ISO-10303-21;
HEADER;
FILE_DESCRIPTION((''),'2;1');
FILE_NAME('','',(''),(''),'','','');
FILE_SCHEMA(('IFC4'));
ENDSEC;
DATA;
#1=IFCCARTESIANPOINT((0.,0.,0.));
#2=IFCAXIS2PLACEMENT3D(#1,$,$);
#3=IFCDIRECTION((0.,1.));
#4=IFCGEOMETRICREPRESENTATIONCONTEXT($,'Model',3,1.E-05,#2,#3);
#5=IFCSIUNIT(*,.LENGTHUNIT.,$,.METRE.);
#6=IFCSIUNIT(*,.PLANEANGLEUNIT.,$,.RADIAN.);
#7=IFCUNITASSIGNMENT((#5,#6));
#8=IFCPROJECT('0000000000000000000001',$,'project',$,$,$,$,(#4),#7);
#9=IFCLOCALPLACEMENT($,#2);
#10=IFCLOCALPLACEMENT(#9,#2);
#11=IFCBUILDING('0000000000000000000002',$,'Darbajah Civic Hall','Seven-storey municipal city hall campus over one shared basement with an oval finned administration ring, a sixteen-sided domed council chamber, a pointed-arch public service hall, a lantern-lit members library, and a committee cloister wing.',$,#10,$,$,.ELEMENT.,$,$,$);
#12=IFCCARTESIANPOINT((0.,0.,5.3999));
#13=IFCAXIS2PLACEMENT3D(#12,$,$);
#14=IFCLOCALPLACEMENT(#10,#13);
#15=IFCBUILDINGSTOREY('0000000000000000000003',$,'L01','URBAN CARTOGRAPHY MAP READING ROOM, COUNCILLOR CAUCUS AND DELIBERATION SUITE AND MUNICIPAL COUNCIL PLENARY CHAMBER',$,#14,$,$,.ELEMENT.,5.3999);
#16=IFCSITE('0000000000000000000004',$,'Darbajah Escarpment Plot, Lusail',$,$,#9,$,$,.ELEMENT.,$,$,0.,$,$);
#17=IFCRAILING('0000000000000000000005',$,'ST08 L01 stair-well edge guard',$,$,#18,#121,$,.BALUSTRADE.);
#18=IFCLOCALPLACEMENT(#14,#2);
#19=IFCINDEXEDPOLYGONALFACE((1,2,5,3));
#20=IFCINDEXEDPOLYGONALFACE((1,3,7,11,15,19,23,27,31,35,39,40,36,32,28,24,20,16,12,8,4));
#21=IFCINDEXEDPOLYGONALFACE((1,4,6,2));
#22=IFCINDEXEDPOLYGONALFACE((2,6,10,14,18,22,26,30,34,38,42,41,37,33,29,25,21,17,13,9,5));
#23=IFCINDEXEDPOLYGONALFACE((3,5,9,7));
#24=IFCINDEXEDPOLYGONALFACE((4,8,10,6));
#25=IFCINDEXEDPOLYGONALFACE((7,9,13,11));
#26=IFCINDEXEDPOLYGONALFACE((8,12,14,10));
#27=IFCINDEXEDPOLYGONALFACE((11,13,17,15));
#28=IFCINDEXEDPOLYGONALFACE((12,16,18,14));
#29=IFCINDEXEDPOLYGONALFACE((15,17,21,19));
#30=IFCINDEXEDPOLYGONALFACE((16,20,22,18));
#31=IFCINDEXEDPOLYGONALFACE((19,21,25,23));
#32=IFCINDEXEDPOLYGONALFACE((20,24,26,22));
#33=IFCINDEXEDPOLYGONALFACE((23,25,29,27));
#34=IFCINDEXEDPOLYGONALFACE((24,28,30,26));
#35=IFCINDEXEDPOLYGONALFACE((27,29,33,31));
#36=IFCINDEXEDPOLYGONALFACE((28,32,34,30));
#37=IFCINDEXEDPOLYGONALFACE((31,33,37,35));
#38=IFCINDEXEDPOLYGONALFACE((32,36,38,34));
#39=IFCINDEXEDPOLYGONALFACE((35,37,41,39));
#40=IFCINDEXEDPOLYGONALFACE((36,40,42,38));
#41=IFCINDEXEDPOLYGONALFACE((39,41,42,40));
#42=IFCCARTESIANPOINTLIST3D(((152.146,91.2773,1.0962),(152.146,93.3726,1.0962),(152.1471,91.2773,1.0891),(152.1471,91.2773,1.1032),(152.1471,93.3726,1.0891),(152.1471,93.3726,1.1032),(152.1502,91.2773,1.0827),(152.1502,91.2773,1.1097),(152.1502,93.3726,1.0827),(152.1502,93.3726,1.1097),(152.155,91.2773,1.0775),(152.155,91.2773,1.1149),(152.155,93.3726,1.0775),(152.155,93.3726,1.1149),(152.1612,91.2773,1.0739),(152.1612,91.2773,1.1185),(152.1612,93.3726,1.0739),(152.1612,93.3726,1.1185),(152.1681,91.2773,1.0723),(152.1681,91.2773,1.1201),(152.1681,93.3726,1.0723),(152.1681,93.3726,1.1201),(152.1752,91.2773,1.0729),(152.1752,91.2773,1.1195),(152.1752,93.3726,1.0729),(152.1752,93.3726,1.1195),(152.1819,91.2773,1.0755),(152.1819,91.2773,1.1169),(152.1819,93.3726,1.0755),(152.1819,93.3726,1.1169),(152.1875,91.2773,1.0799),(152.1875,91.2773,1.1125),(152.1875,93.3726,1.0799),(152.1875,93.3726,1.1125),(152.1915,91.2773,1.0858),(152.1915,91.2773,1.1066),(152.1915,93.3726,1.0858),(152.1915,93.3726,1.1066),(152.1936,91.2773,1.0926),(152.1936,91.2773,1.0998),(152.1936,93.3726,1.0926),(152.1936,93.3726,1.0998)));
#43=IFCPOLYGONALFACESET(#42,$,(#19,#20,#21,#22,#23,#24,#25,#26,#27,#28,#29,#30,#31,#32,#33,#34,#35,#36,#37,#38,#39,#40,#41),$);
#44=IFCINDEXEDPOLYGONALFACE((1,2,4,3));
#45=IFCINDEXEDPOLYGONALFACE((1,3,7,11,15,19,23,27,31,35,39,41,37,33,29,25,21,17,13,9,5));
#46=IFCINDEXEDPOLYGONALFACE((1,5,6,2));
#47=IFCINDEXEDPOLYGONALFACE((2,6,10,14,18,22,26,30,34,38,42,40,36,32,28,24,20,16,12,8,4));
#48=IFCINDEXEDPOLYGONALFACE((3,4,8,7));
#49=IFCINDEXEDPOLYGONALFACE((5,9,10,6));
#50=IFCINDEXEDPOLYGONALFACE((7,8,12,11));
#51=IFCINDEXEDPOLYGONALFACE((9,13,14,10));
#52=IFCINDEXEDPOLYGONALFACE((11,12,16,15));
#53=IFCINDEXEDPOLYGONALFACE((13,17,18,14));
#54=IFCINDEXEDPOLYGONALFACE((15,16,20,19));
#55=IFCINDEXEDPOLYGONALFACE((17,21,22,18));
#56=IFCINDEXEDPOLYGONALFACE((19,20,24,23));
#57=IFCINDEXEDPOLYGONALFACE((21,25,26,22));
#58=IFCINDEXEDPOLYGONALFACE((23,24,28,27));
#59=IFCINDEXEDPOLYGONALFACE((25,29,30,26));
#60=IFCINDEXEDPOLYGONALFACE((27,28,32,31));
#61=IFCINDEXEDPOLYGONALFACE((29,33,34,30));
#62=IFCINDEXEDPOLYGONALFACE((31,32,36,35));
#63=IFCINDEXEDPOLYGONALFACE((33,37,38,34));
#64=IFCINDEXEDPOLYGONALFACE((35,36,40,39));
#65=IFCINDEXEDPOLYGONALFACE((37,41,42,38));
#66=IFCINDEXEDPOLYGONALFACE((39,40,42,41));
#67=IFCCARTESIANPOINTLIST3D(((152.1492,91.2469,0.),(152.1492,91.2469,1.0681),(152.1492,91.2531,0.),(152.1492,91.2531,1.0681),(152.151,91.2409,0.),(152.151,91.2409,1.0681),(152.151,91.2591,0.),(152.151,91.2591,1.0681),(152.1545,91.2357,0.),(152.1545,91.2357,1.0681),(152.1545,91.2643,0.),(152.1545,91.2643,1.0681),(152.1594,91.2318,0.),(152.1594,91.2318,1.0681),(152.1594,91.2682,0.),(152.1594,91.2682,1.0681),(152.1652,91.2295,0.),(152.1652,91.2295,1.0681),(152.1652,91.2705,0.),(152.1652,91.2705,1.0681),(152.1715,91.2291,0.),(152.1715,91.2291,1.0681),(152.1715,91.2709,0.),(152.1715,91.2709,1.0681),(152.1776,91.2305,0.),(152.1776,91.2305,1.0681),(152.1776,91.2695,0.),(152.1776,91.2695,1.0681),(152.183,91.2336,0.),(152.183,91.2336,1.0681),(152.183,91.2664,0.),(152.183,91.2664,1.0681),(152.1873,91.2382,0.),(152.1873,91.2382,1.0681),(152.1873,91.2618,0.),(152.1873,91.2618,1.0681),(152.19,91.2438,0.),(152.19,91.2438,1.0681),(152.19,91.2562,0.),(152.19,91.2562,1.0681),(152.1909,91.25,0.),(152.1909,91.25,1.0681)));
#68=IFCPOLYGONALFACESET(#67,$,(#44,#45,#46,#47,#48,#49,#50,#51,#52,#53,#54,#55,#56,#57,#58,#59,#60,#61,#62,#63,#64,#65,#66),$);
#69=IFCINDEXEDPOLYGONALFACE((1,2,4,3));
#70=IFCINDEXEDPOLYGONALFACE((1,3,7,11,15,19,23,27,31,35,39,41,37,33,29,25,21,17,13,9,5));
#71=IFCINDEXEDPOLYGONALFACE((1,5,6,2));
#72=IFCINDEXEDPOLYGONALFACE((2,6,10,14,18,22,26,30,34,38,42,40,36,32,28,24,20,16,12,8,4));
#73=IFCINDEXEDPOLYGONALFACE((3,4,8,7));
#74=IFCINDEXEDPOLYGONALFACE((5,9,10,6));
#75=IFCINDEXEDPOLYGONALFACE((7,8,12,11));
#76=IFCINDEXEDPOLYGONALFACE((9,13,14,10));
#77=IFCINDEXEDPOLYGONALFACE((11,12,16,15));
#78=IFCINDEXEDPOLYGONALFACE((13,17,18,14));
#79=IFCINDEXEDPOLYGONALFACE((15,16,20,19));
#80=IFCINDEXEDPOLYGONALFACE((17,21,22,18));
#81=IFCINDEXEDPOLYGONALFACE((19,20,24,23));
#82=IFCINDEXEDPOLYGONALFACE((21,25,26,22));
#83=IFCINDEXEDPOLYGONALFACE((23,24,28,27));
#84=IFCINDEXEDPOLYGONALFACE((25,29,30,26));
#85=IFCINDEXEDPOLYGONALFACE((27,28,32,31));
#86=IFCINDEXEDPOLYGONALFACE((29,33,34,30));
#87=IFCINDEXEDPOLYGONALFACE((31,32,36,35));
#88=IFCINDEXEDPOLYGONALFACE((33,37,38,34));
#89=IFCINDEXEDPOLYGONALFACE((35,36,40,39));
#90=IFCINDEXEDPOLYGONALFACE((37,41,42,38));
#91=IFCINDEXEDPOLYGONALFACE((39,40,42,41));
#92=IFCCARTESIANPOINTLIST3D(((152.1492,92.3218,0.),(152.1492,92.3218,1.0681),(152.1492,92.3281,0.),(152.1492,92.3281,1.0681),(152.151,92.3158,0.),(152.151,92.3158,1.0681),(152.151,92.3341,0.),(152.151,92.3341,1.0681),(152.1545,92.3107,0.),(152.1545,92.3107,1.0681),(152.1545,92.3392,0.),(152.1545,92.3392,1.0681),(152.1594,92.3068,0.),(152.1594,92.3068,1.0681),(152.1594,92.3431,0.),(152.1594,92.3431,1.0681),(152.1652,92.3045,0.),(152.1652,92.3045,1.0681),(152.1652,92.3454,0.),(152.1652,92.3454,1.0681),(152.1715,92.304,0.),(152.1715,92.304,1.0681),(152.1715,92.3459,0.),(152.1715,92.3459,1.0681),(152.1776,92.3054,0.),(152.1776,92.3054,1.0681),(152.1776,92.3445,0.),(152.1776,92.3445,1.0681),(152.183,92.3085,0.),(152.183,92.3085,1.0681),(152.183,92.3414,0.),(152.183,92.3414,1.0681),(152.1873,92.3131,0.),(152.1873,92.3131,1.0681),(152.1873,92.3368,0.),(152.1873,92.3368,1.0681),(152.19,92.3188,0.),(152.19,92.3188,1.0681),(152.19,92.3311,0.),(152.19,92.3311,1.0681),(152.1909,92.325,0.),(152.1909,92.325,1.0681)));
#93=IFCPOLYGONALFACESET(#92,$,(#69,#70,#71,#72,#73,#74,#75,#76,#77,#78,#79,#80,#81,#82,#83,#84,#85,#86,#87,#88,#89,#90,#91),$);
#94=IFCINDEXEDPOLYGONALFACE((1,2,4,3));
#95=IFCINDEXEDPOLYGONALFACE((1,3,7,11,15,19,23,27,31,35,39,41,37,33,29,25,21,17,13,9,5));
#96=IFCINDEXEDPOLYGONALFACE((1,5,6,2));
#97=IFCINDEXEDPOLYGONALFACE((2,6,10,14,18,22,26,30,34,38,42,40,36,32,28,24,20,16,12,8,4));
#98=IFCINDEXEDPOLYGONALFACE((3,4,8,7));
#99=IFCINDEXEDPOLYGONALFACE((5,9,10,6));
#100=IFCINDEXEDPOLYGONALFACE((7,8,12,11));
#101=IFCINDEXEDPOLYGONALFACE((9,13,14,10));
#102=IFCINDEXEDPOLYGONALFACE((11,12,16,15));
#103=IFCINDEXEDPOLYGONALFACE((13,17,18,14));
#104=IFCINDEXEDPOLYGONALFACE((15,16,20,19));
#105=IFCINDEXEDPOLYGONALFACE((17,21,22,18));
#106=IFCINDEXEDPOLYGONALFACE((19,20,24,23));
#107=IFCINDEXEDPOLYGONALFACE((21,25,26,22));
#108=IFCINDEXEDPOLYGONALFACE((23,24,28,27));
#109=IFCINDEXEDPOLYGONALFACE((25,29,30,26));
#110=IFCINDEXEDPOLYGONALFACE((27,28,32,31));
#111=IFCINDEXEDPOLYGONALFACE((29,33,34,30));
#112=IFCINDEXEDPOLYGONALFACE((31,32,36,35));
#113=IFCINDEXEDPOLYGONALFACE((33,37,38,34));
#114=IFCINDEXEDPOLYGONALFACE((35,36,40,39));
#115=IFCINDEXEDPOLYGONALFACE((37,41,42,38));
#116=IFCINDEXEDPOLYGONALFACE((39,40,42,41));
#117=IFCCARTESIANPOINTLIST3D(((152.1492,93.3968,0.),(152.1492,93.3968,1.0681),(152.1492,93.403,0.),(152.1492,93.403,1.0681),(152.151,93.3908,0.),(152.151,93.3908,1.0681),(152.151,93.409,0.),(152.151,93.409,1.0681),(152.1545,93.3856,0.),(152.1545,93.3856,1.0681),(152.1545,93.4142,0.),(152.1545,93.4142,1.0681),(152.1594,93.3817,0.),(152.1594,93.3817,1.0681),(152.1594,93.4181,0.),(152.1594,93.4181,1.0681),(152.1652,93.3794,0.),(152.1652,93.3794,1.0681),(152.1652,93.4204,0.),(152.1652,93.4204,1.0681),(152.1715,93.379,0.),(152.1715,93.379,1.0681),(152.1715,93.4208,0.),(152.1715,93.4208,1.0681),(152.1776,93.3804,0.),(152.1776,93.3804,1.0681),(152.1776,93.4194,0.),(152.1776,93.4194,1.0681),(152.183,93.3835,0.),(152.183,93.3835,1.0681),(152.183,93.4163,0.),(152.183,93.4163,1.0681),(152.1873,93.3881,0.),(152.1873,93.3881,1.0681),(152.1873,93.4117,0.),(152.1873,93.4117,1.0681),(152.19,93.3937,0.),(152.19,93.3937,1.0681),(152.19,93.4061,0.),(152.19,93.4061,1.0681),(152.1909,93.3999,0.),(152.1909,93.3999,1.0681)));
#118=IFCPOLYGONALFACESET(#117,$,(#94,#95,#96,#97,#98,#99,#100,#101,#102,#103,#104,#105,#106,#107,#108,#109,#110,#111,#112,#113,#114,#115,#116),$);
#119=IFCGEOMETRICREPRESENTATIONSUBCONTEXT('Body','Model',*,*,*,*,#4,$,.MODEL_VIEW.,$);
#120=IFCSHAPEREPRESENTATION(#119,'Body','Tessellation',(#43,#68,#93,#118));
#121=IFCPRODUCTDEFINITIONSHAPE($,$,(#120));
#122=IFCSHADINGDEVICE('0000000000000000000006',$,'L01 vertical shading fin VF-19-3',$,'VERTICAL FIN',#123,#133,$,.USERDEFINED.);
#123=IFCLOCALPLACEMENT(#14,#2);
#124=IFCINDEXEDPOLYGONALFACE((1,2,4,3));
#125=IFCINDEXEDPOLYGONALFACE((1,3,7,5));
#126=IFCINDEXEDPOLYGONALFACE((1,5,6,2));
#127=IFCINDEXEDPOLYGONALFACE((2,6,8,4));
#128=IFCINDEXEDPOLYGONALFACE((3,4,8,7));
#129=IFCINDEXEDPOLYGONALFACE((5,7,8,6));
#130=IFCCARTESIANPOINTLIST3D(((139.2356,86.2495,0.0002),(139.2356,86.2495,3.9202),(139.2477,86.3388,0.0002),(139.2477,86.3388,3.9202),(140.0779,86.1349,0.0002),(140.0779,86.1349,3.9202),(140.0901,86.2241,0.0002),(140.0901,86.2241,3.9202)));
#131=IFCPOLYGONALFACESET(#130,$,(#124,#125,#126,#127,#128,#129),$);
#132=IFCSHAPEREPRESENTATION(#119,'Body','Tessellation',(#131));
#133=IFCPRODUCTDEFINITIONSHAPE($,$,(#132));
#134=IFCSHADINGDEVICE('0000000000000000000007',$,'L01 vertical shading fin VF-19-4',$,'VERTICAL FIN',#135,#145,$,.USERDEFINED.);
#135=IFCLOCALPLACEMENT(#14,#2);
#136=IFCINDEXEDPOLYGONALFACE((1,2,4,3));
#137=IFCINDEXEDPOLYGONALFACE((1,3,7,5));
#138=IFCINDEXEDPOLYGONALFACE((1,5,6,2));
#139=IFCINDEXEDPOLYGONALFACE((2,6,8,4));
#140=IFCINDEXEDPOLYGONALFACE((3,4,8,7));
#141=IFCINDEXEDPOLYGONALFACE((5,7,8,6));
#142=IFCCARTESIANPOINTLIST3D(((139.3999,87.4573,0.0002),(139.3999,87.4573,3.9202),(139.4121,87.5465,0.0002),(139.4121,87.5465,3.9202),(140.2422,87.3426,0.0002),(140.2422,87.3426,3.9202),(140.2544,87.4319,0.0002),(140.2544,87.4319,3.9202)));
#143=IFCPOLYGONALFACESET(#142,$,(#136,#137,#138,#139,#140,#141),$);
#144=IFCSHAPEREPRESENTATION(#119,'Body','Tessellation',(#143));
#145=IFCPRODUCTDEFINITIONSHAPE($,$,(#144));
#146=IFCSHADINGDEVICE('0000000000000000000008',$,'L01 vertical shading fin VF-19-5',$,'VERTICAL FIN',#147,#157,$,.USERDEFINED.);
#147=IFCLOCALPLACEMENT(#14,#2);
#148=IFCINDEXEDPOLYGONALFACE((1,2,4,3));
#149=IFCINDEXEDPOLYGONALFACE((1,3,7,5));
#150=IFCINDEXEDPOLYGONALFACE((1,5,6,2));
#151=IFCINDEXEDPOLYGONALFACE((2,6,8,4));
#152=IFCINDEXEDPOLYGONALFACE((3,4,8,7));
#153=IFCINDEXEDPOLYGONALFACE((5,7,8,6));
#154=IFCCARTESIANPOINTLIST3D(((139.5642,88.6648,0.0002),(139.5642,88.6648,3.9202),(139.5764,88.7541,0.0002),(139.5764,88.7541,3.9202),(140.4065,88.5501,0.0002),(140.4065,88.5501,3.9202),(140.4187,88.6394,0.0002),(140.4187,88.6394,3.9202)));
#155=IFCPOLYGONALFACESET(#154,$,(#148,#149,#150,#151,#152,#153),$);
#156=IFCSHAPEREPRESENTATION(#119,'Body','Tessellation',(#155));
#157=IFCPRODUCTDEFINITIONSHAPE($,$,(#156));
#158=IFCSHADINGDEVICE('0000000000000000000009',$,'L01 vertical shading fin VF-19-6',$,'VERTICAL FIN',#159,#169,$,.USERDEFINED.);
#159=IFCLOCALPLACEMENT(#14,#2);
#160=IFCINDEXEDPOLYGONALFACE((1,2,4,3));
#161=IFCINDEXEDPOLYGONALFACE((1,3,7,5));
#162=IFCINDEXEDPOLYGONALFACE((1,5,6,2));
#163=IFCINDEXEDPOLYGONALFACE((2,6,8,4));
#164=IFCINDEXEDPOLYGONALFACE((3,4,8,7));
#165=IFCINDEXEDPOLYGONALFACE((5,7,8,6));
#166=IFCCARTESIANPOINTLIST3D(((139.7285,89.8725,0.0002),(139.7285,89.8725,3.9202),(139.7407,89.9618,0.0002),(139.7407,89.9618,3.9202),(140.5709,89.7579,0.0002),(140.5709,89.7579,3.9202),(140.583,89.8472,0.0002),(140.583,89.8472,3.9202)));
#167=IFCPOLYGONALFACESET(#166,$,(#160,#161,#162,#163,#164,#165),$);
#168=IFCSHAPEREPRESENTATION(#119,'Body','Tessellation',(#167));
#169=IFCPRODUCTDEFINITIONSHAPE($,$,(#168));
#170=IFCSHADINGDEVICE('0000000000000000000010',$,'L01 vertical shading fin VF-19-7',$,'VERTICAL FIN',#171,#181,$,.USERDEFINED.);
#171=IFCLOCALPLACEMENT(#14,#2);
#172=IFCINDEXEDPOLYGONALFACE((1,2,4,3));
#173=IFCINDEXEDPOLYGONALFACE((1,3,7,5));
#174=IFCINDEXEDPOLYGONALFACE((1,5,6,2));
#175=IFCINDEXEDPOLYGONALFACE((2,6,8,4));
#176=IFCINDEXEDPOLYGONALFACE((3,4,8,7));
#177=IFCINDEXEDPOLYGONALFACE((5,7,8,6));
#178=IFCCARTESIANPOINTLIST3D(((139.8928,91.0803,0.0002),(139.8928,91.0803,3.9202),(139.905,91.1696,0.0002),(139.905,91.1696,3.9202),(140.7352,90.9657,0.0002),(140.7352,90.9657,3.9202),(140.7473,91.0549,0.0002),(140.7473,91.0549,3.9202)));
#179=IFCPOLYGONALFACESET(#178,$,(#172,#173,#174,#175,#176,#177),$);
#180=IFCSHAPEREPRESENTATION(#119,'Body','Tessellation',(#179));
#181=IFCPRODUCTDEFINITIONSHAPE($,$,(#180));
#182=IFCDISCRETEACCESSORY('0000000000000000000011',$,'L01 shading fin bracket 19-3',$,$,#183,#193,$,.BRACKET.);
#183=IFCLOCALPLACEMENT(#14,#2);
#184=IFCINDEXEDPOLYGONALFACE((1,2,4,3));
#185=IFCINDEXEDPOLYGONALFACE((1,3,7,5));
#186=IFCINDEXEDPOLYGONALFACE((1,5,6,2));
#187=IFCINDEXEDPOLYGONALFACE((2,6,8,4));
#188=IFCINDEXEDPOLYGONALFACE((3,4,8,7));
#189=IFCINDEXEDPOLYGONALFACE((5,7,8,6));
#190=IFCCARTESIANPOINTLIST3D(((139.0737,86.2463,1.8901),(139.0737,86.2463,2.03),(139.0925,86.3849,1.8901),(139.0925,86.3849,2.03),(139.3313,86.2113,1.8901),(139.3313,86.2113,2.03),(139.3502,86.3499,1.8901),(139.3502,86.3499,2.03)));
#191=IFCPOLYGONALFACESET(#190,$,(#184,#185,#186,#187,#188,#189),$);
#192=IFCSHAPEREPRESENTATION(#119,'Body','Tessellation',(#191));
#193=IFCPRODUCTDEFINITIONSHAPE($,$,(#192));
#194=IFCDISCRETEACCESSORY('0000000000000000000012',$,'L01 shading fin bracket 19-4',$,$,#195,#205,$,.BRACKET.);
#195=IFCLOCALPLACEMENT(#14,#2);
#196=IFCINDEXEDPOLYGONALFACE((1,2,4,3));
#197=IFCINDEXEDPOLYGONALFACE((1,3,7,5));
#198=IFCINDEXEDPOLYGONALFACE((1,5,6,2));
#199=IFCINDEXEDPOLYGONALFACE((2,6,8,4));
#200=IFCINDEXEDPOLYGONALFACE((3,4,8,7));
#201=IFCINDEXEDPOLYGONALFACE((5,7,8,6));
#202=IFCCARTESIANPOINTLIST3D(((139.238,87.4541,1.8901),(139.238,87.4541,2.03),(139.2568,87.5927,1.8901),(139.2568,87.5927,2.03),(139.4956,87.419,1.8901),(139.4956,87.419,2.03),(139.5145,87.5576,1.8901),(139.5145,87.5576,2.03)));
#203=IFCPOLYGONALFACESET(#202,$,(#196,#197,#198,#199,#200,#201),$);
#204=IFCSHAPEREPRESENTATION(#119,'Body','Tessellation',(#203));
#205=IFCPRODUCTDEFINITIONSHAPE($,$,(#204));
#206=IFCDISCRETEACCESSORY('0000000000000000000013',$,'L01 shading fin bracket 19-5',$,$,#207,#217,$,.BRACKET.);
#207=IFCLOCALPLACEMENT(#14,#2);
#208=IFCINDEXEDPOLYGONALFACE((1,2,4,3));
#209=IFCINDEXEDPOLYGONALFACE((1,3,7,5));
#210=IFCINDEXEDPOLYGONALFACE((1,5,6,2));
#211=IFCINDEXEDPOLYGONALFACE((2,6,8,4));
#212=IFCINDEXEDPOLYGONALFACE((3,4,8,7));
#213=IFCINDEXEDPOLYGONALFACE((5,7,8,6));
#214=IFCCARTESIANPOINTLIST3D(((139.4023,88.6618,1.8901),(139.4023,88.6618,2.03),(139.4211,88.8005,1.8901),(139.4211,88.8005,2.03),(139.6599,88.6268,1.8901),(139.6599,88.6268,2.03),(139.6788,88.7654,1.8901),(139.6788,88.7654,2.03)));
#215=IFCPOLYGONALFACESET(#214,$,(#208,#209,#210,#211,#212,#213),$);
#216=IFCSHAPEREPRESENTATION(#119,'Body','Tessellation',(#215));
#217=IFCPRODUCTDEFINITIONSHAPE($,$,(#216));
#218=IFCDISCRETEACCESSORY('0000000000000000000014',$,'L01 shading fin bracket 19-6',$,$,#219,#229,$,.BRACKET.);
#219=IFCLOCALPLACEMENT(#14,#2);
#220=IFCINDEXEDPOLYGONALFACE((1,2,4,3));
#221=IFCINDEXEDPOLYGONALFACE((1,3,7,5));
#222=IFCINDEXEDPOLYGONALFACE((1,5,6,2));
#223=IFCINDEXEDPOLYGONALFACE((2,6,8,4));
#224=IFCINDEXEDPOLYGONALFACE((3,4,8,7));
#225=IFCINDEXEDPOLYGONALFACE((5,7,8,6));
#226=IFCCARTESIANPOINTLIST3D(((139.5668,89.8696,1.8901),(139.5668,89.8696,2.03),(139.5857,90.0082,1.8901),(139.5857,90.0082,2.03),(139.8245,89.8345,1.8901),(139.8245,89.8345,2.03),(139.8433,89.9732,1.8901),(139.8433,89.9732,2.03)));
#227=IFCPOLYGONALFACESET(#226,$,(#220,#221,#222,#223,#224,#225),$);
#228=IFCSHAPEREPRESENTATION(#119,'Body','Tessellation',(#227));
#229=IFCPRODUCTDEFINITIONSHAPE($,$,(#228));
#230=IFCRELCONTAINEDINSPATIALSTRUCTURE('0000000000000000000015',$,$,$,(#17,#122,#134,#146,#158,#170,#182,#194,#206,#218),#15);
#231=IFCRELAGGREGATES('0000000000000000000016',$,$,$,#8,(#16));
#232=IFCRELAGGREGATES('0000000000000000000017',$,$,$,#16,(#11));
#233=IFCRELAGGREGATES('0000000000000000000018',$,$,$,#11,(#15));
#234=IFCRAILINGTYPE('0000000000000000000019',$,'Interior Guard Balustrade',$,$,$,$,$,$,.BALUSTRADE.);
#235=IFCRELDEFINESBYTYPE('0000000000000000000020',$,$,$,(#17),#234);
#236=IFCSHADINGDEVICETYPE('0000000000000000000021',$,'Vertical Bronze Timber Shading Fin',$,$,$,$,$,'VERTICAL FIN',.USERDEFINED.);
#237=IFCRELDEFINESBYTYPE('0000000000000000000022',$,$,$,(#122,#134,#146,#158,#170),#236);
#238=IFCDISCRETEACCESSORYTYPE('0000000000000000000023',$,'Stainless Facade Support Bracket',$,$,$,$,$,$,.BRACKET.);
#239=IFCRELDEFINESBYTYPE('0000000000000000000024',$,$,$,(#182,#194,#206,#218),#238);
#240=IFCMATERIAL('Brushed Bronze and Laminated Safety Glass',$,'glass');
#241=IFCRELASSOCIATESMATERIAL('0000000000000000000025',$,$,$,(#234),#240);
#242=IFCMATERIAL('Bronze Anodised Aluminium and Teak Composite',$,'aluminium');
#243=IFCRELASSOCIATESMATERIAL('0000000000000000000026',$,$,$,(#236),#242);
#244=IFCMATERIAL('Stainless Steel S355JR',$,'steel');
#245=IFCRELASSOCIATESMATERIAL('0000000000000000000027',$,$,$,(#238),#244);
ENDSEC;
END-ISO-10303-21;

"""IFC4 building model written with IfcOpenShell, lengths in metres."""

from ifc_helpers import new_model, si_unit, direction, frame, origin, origin_2d, place, context, subcontext, project, spatial, rectangle, circle, extrude, material, type_object, element, save


model = new_model("IFC4")

# Units and contexts
model_context = context("Model", 3, precision=1e-05, world=origin(), true_north=direction((0.0, 1.0)))
body_context = subcontext(model_context, "Body", "Model", "MODEL_VIEW")
ifc_project = project(units=[si_unit("LENGTHUNIT", "METRE"), si_unit("PLANEANGLEUNIT", "RADIAN")], contexts=[model_context])

# Site, building, storey
site_placement = place(None, origin())
site = spatial("IfcSite", under=ifc_project, at=site_placement, Name="Darbajah Escarpment Plot, Lusail", CompositionType="ELEMENT", RefElevation=0.0)
building_placement = place(site_placement, origin())
building = spatial("IfcBuilding", under=site, at=building_placement, Name="Darbajah Civic Hall", Description="Seven-storey municipal city hall campus over one shared basement with an oval finned administration ring, a sixteen-sided domed council chamber, a pointed-arch public service hall, a lantern-lit members library, and a committee cloister wing.", CompositionType="ELEMENT")
storey_placement = place(building_placement, frame((0.0, 0.0, 5.3999)))
storey = spatial("IfcBuildingStorey", under=building, at=storey_placement, Name="L01", Description="URBAN CARTOGRAPHY MAP READING ROOM, COUNCILLOR CAUCUS AND DELIBERATION SUITE AND MUNICIPAL COUNCIL PLENARY CHAMBER", CompositionType="ELEMENT", Elevation=5.3999)

# Railing
ifc_material_1 = material(Name="Brushed Bronze and Laminated Safety Glass", Category="glass")
railing_type = type_object("IfcRailingType", Name="Interior Guard Balustrade", PredefinedType="BALUSTRADE", material=ifc_material_1)
railing_placement = place(storey_placement, frame((152.1699, 91.25, 0.0)))
element("IfcRailing", 1, at=railing_placement, inside=storey, type_object=railing_type, Name="ST08 L01 stair-well edge guard", PredefinedType="BALUSTRADE", context=body_context, shape_type="SweptSolid", body=[
    extrude(circle(Radius=0.0239, at=origin_2d()), frame((0.0, 0.0273, 1.0962), z_axis=(0.0, 1.0, 0.0), x_axis=(-1.0, 0.0, 0.0)), (0.0, 0.0, 1.0), 2.0952),
    extrude(circle(Radius=0.021, at=origin_2d()), origin(), (0.0, 0.0, 1.0), 1.0681),
    extrude(circle(Radius=0.021, at=origin_2d()), frame((0.0, 1.075, 0.0)), (0.0, 0.0, 1.0), 1.0681),
    extrude(circle(Radius=0.021, at=origin_2d()), frame((0.0, 2.1499, 0.0)), (0.0, 0.0, 1.0), 1.0681),
])

# Shading devices
ifc_material_2 = material(Name="Bronze Anodised Aluminium and Teak Composite", Category="aluminium")
shading_device_type = type_object("IfcShadingDeviceType", Name="Vertical Bronze Timber Shading Fin", ElementType="VERTICAL FIN", PredefinedType="USERDEFINED", material=ifc_material_2)
for number, where, z_axis, x_axis, name in (
    (2, (139.6628, 86.2368, 0.0002), (0.0, 0.0, 1.0), (0.990866, -0.134851, 0.0), "L01 vertical shading fin VF-19-3"),
    (3, (139.8271, 87.4446, 0.0002), (0.0, 0.0, 1.0), (0.990866, -0.134851, 0.0), "L01 vertical shading fin VF-19-4"),
    (4, (139.9915, 88.6521, 0.0002), (0.0, 0.0, 1.0), (0.990866, -0.134851, 0.0), "L01 vertical shading fin VF-19-5"),
    (5, (140.1558, 89.8599, 0.0002), (0.0, 0.0, 1.0), (0.990866, -0.134851, 0.0), "L01 vertical shading fin VF-19-6"),
    (6, (140.3201, 91.0676, 0.0002), (0.0, 0.0, 1.0), (0.990866, -0.134851, 0.0), "L01 vertical shading fin VF-19-7"),
):
    element("IfcShadingDevice", number, at=place(storey_placement, frame(where, z_axis=z_axis, x_axis=x_axis)), inside=storey, type_object=shading_device_type, Name=name, ObjectType="VERTICAL FIN", PredefinedType="USERDEFINED", context=body_context, shape_type="SweptSolid", body=[
        extrude(rectangle(XDim=0.8501, YDim=0.0901, at=origin_2d()), origin(), (0.0, 0.0, 1.0), 3.9199),
    ])

# Discrete accessories
ifc_material_3 = material(Name="Stainless Steel S355JR", Category="steel")
discrete_accessory_type = type_object("IfcDiscreteAccessoryType", Name="Stainless Facade Support Bracket", PredefinedType="BRACKET", material=ifc_material_3)
for number, where, z_axis, x_axis, name in (
    (7, (139.2119, 86.2981, 1.8901), (0.0, 0.0, 1.0), (0.990866, -0.134851, 0.0), "L01 shading fin bracket 19-3"),
    (8, (139.3762, 87.5059, 1.8901), (0.0, 0.0, 1.0), (0.990866, -0.134851, 0.0), "L01 shading fin bracket 19-4"),
    (9, (139.5405, 88.7136, 1.8901), (0.0, 0.0, 1.0), (0.990866, -0.134851, 0.0), "L01 shading fin bracket 19-5"),
    (10, (139.7051, 89.9214, 1.8901), (0.0, 0.0, 1.0), (0.990866, -0.134851, 0.0), "L01 shading fin bracket 19-6"),
):
    element("IfcDiscreteAccessory", number, at=place(storey_placement, frame(where, z_axis=z_axis, x_axis=x_axis)), inside=storey, type_object=discrete_accessory_type, Name=name, PredefinedType="BRACKET", context=body_context, shape_type="SweptSolid", body=[
        extrude(rectangle(XDim=0.26, YDim=0.1399, at=origin_2d()), origin(), (0.0, 0.0, 1.0), 0.1399),
    ])

save(model, "model.ifc")
